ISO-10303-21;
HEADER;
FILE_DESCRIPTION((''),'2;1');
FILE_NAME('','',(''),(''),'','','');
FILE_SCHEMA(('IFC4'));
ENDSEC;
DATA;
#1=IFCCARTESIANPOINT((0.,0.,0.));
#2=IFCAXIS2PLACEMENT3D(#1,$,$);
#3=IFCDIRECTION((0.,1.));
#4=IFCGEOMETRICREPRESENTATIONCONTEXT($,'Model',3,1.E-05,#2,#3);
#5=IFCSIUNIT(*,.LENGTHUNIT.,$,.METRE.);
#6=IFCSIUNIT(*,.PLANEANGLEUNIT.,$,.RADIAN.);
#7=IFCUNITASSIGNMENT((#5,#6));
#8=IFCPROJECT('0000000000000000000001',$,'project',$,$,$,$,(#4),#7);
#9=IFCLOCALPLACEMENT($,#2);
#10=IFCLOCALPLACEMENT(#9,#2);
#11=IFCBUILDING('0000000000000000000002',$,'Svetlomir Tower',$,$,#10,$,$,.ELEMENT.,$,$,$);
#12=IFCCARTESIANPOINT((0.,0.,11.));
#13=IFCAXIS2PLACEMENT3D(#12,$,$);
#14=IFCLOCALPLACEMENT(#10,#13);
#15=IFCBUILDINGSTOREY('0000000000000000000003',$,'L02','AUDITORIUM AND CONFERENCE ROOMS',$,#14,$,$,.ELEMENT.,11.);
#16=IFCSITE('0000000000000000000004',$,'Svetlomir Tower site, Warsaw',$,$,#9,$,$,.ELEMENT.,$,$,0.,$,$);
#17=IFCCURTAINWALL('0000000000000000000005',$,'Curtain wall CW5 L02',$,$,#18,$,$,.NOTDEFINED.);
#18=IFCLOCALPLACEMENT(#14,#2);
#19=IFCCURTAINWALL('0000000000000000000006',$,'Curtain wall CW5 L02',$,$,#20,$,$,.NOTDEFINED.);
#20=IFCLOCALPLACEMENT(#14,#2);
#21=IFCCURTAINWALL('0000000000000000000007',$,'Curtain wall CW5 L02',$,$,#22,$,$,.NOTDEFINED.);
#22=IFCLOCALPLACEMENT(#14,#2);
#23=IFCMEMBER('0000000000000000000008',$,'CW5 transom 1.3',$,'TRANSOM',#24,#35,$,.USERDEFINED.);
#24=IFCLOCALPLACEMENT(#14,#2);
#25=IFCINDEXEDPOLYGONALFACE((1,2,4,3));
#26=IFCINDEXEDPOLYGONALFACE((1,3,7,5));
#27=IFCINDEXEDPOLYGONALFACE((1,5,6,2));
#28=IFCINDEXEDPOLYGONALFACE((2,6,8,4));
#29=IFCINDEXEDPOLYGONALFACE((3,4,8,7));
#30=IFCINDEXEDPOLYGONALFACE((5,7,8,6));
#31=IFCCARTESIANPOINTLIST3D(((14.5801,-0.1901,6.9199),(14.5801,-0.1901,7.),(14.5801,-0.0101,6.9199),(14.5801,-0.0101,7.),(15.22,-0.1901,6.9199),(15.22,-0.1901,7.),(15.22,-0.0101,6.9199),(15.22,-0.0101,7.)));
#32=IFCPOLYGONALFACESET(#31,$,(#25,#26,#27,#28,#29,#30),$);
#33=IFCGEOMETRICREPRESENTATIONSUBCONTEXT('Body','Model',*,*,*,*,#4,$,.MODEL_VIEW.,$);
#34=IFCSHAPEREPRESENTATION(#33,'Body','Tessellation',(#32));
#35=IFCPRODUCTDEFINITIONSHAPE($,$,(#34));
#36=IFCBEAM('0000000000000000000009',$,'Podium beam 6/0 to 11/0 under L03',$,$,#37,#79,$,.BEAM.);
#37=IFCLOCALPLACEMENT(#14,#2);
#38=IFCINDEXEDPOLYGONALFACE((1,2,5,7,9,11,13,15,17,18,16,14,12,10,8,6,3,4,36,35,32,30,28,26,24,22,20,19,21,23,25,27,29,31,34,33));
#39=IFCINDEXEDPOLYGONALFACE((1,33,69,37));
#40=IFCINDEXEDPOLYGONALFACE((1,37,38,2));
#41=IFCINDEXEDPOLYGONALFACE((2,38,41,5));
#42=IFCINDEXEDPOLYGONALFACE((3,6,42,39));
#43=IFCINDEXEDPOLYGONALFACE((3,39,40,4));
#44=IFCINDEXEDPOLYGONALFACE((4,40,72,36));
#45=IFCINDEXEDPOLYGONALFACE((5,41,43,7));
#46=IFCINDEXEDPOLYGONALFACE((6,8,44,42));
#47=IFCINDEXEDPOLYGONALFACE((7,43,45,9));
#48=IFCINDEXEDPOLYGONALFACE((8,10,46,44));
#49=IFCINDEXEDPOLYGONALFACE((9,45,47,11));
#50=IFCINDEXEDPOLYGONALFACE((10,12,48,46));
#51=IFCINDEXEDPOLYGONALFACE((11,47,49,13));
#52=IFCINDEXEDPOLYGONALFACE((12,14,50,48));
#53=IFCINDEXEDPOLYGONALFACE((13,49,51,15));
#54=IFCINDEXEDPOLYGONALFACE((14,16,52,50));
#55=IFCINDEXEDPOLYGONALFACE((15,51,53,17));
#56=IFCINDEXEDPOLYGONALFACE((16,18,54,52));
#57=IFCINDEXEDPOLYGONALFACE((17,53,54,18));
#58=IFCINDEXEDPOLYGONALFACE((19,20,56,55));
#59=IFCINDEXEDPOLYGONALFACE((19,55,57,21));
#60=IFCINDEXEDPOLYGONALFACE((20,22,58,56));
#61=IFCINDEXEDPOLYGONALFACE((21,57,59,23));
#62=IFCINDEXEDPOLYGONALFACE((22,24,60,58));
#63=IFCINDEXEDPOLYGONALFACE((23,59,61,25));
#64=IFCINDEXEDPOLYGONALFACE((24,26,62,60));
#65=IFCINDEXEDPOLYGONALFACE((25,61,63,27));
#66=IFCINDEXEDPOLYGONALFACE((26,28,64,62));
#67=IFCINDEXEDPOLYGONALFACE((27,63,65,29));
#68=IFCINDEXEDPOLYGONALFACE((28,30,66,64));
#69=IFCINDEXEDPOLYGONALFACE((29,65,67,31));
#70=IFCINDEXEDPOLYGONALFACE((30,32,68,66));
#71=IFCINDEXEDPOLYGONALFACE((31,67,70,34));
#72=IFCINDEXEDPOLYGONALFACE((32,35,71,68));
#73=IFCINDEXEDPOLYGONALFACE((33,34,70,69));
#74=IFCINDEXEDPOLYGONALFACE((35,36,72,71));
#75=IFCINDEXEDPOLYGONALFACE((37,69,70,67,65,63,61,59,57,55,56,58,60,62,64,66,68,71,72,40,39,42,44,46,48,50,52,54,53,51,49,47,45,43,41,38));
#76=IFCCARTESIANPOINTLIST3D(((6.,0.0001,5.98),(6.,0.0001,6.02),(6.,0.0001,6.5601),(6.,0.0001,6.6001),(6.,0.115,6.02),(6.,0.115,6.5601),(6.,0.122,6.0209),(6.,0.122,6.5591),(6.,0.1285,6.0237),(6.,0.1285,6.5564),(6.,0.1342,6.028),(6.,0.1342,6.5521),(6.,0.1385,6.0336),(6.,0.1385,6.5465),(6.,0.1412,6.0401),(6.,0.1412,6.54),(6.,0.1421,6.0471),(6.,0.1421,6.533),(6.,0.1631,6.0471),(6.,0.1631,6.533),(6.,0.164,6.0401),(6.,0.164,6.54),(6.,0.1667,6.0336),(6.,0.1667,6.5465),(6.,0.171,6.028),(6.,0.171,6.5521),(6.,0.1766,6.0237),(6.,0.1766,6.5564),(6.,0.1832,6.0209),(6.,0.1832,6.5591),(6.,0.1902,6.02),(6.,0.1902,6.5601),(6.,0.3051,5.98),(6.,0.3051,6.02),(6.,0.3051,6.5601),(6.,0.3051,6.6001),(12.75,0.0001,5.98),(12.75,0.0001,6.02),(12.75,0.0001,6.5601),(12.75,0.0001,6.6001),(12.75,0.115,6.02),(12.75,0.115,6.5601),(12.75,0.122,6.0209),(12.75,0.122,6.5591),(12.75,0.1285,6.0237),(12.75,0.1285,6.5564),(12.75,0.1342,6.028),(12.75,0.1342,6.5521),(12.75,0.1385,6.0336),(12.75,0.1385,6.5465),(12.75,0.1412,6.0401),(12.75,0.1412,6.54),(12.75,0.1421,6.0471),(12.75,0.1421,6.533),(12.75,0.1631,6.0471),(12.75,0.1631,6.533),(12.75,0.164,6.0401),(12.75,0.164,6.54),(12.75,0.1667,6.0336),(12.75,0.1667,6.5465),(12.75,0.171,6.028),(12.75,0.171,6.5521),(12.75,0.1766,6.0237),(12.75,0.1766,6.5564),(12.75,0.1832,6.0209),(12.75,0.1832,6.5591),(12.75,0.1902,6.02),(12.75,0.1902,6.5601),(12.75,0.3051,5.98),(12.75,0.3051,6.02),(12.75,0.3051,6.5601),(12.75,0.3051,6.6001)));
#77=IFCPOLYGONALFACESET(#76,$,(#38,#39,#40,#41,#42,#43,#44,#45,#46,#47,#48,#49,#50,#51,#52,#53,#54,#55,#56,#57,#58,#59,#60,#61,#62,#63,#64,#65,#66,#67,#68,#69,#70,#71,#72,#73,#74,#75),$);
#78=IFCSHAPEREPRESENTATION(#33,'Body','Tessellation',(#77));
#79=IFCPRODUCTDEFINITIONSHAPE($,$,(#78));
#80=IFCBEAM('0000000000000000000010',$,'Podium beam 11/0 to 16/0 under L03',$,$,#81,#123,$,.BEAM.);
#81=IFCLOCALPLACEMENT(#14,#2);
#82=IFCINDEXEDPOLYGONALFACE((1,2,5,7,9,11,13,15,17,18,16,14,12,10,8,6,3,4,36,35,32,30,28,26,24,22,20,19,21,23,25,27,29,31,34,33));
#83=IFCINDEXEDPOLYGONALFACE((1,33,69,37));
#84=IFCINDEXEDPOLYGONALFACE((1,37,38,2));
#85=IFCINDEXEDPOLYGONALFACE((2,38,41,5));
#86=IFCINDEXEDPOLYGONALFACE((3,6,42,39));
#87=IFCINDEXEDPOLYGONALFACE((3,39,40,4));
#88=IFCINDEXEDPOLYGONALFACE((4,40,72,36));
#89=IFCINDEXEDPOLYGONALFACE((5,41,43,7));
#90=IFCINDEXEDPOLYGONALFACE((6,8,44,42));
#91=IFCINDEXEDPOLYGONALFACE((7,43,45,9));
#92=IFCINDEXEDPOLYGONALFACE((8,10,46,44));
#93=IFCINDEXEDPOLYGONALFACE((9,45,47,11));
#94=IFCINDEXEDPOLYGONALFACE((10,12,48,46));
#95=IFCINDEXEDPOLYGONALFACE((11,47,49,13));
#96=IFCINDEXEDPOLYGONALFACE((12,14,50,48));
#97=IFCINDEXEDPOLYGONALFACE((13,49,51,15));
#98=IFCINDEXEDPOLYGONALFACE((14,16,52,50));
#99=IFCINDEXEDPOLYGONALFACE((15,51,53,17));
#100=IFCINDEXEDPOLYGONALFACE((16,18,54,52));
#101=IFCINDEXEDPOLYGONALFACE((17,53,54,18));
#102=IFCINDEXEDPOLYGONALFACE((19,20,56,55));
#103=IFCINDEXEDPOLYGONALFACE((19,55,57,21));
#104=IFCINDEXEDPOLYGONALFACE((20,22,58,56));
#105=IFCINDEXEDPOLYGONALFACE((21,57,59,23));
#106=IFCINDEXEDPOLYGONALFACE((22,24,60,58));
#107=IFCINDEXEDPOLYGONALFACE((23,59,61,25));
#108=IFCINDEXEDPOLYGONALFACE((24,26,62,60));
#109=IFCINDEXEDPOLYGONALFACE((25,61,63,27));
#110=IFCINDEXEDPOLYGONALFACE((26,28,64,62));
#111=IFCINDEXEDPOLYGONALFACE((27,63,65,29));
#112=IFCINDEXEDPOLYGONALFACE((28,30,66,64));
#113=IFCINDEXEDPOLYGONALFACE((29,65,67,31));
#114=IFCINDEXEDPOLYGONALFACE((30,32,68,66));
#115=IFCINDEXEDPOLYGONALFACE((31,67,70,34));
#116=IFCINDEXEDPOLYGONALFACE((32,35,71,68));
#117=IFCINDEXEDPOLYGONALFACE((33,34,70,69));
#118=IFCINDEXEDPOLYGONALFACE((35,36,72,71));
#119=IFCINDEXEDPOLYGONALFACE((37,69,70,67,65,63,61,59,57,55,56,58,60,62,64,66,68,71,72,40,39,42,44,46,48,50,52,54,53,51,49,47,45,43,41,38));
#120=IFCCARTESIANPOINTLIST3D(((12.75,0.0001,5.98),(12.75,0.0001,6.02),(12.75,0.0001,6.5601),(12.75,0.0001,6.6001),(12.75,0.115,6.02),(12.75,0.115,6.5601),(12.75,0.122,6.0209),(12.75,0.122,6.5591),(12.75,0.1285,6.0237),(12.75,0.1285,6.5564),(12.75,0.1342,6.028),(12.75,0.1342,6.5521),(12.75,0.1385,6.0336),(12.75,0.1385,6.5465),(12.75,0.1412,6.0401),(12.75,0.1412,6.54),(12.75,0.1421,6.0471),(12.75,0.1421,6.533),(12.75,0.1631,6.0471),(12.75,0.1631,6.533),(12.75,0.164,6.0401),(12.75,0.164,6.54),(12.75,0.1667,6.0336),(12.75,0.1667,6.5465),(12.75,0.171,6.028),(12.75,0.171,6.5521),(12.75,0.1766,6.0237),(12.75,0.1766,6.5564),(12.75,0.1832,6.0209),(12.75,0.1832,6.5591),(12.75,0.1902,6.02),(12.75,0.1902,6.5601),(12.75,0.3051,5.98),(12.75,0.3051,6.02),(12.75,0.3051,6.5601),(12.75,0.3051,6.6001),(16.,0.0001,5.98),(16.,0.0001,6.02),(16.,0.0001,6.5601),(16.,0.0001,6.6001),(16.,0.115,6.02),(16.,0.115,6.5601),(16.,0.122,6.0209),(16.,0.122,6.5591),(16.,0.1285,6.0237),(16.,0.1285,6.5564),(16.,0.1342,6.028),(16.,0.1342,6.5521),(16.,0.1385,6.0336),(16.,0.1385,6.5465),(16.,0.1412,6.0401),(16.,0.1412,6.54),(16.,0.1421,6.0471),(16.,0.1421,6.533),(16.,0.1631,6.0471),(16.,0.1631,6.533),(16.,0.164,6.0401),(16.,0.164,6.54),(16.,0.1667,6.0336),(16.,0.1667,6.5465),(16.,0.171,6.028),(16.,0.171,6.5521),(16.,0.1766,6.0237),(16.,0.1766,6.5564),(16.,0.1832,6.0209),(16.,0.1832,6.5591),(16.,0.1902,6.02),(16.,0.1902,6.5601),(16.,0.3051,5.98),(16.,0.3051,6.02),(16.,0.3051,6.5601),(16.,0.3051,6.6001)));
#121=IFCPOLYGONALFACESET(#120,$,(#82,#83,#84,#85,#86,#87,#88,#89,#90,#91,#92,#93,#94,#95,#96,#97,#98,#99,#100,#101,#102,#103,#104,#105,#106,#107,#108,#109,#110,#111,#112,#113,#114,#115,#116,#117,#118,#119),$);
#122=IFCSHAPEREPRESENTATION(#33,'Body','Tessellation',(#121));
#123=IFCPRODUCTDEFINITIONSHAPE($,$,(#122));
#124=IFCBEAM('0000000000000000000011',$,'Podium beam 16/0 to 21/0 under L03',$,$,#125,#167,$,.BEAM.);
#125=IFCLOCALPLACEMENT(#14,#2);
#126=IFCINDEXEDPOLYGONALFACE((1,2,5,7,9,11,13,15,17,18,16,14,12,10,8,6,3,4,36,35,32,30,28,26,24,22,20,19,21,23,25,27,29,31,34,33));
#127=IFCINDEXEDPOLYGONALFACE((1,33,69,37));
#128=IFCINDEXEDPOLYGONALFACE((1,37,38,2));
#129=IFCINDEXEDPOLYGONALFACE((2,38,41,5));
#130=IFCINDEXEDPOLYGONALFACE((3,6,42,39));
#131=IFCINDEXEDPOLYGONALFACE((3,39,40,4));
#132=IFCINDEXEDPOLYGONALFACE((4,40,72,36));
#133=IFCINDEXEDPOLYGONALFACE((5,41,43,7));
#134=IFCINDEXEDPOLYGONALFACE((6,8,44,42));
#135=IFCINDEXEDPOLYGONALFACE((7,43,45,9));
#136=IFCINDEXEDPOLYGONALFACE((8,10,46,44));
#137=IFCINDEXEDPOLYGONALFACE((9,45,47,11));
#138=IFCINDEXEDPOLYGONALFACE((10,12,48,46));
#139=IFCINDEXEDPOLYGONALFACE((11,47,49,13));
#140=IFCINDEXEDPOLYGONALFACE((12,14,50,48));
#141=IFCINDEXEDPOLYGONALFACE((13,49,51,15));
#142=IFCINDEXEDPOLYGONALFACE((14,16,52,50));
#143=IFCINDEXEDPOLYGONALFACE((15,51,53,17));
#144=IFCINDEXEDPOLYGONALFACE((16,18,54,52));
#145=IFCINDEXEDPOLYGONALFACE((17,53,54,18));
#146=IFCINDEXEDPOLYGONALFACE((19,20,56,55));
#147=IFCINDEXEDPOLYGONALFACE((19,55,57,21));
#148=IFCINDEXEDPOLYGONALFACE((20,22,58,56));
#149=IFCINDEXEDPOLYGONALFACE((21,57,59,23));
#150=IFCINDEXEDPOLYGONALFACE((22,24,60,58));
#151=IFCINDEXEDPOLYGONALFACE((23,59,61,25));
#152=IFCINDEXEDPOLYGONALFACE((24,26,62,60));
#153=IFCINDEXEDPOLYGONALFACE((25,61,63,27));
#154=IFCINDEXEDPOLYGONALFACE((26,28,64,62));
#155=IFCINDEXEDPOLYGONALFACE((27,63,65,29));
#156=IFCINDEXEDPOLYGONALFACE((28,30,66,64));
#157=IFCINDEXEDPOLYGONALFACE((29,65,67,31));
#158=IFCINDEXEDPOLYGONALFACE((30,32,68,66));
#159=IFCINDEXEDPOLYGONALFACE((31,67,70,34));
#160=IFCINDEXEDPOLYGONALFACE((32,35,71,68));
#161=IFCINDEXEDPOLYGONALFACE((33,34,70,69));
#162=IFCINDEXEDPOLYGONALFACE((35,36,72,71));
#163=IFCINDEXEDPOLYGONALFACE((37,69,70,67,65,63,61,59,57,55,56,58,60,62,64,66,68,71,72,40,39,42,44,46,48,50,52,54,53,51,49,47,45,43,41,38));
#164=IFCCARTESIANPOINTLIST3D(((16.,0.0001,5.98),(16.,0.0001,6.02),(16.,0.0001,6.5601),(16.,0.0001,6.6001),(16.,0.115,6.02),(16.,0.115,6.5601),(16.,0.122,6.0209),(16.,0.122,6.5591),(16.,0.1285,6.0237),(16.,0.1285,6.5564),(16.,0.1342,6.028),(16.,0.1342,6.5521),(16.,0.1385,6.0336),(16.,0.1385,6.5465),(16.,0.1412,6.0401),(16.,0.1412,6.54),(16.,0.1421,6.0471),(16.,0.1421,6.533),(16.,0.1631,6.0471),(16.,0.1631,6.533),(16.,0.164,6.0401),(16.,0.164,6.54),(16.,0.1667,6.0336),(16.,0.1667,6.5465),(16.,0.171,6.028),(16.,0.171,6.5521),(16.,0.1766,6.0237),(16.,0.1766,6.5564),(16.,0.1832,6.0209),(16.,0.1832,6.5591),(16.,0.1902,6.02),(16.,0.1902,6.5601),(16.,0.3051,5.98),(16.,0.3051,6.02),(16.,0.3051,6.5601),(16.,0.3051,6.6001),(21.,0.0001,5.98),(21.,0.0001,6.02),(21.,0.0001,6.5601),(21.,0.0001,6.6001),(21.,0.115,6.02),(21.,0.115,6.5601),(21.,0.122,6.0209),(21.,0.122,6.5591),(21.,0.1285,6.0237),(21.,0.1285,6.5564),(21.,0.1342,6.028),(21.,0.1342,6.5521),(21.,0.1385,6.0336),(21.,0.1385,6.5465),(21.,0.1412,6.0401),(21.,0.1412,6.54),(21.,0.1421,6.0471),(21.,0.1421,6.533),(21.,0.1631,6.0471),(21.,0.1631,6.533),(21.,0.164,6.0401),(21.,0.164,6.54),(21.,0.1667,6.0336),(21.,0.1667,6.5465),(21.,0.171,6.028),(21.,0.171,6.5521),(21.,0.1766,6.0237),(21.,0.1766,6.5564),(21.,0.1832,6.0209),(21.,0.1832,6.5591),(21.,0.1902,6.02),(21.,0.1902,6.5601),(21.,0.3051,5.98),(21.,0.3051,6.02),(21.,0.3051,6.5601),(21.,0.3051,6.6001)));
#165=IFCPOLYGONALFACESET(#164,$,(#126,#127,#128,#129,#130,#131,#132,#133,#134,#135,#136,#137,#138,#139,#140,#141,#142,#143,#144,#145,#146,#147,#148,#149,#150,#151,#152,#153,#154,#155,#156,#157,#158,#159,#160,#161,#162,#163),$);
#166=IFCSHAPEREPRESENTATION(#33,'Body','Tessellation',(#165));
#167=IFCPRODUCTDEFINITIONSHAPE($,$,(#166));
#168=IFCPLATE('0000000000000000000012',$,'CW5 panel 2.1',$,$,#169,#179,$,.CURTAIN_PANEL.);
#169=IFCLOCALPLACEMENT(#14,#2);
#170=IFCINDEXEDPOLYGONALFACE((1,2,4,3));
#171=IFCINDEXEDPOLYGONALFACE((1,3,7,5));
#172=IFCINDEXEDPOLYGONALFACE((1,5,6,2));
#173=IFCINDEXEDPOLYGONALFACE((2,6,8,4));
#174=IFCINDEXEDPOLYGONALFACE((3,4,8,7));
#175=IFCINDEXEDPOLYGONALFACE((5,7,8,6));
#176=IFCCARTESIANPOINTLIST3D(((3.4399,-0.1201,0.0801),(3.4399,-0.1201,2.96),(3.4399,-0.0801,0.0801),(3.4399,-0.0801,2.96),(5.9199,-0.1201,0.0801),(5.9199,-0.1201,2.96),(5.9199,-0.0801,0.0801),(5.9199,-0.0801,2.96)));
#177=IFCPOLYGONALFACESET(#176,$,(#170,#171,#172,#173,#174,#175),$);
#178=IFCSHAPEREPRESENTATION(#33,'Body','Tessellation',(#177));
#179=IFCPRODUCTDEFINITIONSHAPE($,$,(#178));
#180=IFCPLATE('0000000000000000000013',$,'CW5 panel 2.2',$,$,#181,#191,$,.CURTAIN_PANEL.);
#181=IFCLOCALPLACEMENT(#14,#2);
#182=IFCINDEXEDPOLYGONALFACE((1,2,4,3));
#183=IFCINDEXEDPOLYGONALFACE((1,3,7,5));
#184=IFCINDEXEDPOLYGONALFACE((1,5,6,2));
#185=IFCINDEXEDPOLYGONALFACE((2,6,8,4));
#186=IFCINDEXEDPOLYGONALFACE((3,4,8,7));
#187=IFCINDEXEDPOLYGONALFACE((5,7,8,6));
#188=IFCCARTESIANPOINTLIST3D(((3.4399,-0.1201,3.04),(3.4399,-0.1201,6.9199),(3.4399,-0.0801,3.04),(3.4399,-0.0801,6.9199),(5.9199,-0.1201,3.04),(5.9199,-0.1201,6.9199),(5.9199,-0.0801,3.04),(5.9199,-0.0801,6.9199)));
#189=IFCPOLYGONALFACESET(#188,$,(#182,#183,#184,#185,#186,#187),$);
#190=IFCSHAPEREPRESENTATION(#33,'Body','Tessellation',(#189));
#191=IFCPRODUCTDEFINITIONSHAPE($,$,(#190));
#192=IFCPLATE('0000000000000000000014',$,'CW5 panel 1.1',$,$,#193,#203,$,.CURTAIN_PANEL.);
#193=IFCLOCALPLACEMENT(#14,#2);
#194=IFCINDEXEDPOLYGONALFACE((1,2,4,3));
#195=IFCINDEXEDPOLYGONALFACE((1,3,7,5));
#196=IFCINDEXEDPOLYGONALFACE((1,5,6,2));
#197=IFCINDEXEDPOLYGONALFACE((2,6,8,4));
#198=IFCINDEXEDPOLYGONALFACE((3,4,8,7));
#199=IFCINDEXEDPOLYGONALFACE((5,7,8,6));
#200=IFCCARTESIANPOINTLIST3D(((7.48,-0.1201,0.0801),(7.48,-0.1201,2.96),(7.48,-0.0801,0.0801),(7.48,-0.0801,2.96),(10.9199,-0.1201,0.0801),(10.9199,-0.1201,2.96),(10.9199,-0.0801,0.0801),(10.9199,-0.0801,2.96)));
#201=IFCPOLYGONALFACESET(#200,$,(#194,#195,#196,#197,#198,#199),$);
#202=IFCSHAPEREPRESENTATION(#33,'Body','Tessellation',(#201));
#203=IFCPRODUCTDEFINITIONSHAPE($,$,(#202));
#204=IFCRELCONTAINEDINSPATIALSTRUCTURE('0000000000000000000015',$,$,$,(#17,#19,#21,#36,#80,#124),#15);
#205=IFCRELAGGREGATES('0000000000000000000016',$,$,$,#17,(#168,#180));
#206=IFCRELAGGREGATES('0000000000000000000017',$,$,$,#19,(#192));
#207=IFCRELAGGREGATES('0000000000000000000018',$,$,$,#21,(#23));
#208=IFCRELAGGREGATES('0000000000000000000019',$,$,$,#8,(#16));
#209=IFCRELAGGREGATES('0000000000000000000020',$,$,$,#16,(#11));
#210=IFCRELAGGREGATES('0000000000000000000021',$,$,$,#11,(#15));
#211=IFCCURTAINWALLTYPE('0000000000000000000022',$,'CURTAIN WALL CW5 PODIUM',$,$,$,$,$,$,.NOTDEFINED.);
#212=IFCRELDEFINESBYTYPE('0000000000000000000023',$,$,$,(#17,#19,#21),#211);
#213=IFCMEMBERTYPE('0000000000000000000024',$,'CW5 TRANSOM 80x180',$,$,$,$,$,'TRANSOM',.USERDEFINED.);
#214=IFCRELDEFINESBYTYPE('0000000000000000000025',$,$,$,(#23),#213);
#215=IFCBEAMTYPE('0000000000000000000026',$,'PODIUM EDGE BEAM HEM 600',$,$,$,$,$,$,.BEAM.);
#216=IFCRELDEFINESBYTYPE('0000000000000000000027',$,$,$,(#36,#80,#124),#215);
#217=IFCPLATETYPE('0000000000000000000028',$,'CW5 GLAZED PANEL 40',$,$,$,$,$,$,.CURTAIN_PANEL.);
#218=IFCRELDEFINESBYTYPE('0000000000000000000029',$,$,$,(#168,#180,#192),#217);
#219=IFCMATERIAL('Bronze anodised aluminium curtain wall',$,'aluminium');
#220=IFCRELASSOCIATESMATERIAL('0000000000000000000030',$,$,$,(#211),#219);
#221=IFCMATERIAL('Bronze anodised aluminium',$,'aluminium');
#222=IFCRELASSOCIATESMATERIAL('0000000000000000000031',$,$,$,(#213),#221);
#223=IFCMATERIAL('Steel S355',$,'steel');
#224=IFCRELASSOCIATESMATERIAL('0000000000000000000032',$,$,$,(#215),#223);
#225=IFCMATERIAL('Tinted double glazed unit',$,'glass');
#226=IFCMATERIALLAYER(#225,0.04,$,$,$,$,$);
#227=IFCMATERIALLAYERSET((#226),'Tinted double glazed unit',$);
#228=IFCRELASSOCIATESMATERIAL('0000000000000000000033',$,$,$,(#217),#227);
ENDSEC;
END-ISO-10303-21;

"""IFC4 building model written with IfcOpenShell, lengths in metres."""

from ifc_helpers import new_model, si_unit, direction, frame, origin, origin_2d, place, context, subcontext, project, spatial, rectangle, i_section, extrude, material, layer, layer_set, material_profile, profile_set, type_object, element, aggregate, save


model = new_model("IFC4")

# Units and contexts
model_context = context("Model", 3, precision=1e-05, world=origin(), true_north=direction((0.0, 1.0)))
body_context = subcontext(model_context, "Body", "Model", "MODEL_VIEW")
ifc_project = project(units=[si_unit("LENGTHUNIT", "METRE"), si_unit("PLANEANGLEUNIT", "RADIAN")], contexts=[model_context])

# Site, building, storey
site_placement = place(None, origin())
site = spatial("IfcSite", under=ifc_project, at=site_placement, Name="Svetlomir Tower site, Warsaw", CompositionType="ELEMENT", RefElevation=0.0)
building_placement = place(site_placement, origin())
building = spatial("IfcBuilding", under=site, at=building_placement, Name="Svetlomir Tower", CompositionType="ELEMENT")
storey_placement = place(building_placement, frame((0.0, 0.0, 11.0)))
storey = spatial("IfcBuildingStorey", under=building, at=storey_placement, Name="L02", Description="AUDITORIUM AND CONFERENCE ROOMS", CompositionType="ELEMENT", Elevation=11.0)

# Curtain wall
ifc_material_1 = material(Name="Bronze anodised aluminium curtain wall", Category="aluminium")
curtain_wall_type = type_object("IfcCurtainWallType", Name="CURTAIN WALL CW5 PODIUM", PredefinedType="NOTDEFINED", material=ifc_material_1)
curtain_wall_1_placement = place(storey_placement, origin())
curtain_wall_1 = element("IfcCurtainWall", 1, at=curtain_wall_1_placement, inside=storey, type_object=curtain_wall_type, Name="Curtain wall CW5 L02", PredefinedType="NOTDEFINED")

# Curtain walls
curtain_wall_2_placement = place(storey_placement, origin())
curtain_wall_2 = element("IfcCurtainWall", 2, at=curtain_wall_2_placement, inside=storey, type_object=curtain_wall_type, Name="Curtain wall CW5 L02", PredefinedType="NOTDEFINED")
curtain_wall_3_placement = place(storey_placement, origin())
curtain_wall_3 = element("IfcCurtainWall", 3, at=curtain_wall_3_placement, inside=storey, type_object=curtain_wall_type, Name="Curtain wall CW5 L02", PredefinedType="NOTDEFINED")

# Member
ifc_material_2 = material(Name="Bronze anodised aluminium", Category="aluminium")
ifc_material_profile_1 = material_profile(ifc_material_2, rectangle(XDim=0.1799, YDim=0.0801, at=origin_2d()), Name="AL 180x80")
ifc_profile_set_1 = profile_set([ifc_material_profile_1], Name="Bronze anodised aluminium 6063-T6")
member_type_1 = type_object("IfcMemberType", Name="CW5 TRANSOM 80x180", ElementType="TRANSOM", PredefinedType="USERDEFINED", material=ifc_profile_set_1)
member_1_placement = place(storey_placement, frame((14.5801, -0.1001, 6.96), z_axis=(1.0, 0.0, 0.0), x_axis=(0.0, 1.0, 0.0)))
member_1 = element("IfcMember", 4, at=member_1_placement, type_object=member_type_1, Name="CW5 transom 1.3", ObjectType="TRANSOM", PredefinedType="USERDEFINED", context=body_context, shape_type="SweptSolid", body=[
    extrude(rectangle(XDim=0.1799, YDim=0.0801, at=origin_2d()), origin(), (0.0, 0.0, 1.0), 0.6399),
])

# Beams
ifc_material_3 = material(Name="Steel S355", Category="steel")
ifc_material_profile_2 = material_profile(ifc_material_3, i_section(OverallWidth=0.3049, OverallDepth=0.6201, WebThickness=0.021, FlangeThickness=0.04, FilletRadius=0.0271, at=origin_2d()), Name="HEM 600")
ifc_profile_set_2 = profile_set([ifc_material_profile_2], Name="Steel S355")
beam_type = type_object("IfcBeamType", Name="PODIUM EDGE BEAM HEM 600", PredefinedType="BEAM", material=ifc_profile_set_2)
beam_1_placement = place(storey_placement, frame((6.0, 0.1526, 6.29), z_axis=(1.0, 0.0, 0.0), x_axis=(0.0, 1.0, 0.0)))
element("IfcBeam", 5, at=beam_1_placement, inside=storey, type_object=beam_type, Name="Podium beam 6/0 to 11/0 under L03", PredefinedType="BEAM", context=body_context, shape_type="SweptSolid", body=[
    extrude(i_section(OverallWidth=0.3049, OverallDepth=0.6201, WebThickness=0.021, FlangeThickness=0.04, FilletRadius=0.0271, at=origin_2d()), origin(), (0.0, 0.0, 1.0), 6.75),
])
beam_2_placement = place(storey_placement, frame((12.75, 0.1526, 6.29), z_axis=(1.0, 0.0, 0.0), x_axis=(0.0, 1.0, 0.0)))
element("IfcBeam", 6, at=beam_2_placement, inside=storey, type_object=beam_type, Name="Podium beam 11/0 to 16/0 under L03", PredefinedType="BEAM", context=body_context, shape_type="SweptSolid", body=[
    extrude(i_section(OverallWidth=0.3049, OverallDepth=0.6201, WebThickness=0.021, FlangeThickness=0.04, FilletRadius=0.0271, at=origin_2d()), origin(), (0.0, 0.0, 1.0), 3.25),
])
beam_3_placement = place(storey_placement, frame((16.0, 0.1526, 6.29), z_axis=(1.0, 0.0, 0.0), x_axis=(0.0, 1.0, 0.0)))
element("IfcBeam", 7, at=beam_3_placement, inside=storey, type_object=beam_type, Name="Podium beam 16/0 to 21/0 under L03", PredefinedType="BEAM", context=body_context, shape_type="SweptSolid", body=[
    extrude(i_section(OverallWidth=0.3049, OverallDepth=0.6201, WebThickness=0.021, FlangeThickness=0.04, FilletRadius=0.0271, at=origin_2d()), origin(), (0.0, 0.0, 1.0), 5.0),
])

# Plates
ifc_material_4 = material(Name="Tinted double glazed unit", Category="glass")
ifc_layer_1 = layer(ifc_material_4, 0.04)
ifc_layer_set_1 = layer_set([ifc_layer_1], Name="Tinted double glazed unit")
plate_type = type_object("IfcPlateType", Name="CW5 GLAZED PANEL 40", PredefinedType="CURTAIN_PANEL", material=ifc_layer_set_1)
plate_1_placement = place(storey_placement, frame((4.6799, -0.1001, 0.0801), z_axis=(0.0, 0.0, 1.0), x_axis=(1.0, 0.0, 0.0)))
plate_1 = element("IfcPlate", 8, at=plate_1_placement, type_object=plate_type, Name="CW5 panel 2.1", PredefinedType="CURTAIN_PANEL", context=body_context, shape_type="SweptSolid", body=[
    extrude(rectangle(XDim=2.48, YDim=0.04, at=origin_2d()), origin(), (0.0, 0.0, 1.0), 2.8799),
])
plate_2_placement = place(storey_placement, frame((4.6799, -0.1001, 3.04), z_axis=(0.0, 0.0, 1.0), x_axis=(1.0, 0.0, 0.0)))
plate_2 = element("IfcPlate", 9, at=plate_2_placement, type_object=plate_type, Name="CW5 panel 2.2", PredefinedType="CURTAIN_PANEL", context=body_context, shape_type="SweptSolid", body=[
    extrude(rectangle(XDim=2.48, YDim=0.04, at=origin_2d()), origin(), (0.0, 0.0, 1.0), 3.8799),
])
aggregate(curtain_wall_1, [plate_1, plate_2])
plate_3_placement = place(storey_placement, frame((9.2, -0.1001, 0.0801), z_axis=(0.0, 0.0, 1.0), x_axis=(1.0, 0.0, 0.0)))
plate_3 = element("IfcPlate", 10, at=plate_3_placement, type_object=plate_type, Name="CW5 panel 1.1", PredefinedType="CURTAIN_PANEL", context=body_context, shape_type="SweptSolid", body=[
    extrude(rectangle(XDim=3.4399, YDim=0.04, at=origin_2d()), origin(), (0.0, 0.0, 1.0), 2.8799),
])
aggregate(curtain_wall_2, [plate_3])
aggregate(curtain_wall_3, [member_1])

save(model, "model.ifc")
